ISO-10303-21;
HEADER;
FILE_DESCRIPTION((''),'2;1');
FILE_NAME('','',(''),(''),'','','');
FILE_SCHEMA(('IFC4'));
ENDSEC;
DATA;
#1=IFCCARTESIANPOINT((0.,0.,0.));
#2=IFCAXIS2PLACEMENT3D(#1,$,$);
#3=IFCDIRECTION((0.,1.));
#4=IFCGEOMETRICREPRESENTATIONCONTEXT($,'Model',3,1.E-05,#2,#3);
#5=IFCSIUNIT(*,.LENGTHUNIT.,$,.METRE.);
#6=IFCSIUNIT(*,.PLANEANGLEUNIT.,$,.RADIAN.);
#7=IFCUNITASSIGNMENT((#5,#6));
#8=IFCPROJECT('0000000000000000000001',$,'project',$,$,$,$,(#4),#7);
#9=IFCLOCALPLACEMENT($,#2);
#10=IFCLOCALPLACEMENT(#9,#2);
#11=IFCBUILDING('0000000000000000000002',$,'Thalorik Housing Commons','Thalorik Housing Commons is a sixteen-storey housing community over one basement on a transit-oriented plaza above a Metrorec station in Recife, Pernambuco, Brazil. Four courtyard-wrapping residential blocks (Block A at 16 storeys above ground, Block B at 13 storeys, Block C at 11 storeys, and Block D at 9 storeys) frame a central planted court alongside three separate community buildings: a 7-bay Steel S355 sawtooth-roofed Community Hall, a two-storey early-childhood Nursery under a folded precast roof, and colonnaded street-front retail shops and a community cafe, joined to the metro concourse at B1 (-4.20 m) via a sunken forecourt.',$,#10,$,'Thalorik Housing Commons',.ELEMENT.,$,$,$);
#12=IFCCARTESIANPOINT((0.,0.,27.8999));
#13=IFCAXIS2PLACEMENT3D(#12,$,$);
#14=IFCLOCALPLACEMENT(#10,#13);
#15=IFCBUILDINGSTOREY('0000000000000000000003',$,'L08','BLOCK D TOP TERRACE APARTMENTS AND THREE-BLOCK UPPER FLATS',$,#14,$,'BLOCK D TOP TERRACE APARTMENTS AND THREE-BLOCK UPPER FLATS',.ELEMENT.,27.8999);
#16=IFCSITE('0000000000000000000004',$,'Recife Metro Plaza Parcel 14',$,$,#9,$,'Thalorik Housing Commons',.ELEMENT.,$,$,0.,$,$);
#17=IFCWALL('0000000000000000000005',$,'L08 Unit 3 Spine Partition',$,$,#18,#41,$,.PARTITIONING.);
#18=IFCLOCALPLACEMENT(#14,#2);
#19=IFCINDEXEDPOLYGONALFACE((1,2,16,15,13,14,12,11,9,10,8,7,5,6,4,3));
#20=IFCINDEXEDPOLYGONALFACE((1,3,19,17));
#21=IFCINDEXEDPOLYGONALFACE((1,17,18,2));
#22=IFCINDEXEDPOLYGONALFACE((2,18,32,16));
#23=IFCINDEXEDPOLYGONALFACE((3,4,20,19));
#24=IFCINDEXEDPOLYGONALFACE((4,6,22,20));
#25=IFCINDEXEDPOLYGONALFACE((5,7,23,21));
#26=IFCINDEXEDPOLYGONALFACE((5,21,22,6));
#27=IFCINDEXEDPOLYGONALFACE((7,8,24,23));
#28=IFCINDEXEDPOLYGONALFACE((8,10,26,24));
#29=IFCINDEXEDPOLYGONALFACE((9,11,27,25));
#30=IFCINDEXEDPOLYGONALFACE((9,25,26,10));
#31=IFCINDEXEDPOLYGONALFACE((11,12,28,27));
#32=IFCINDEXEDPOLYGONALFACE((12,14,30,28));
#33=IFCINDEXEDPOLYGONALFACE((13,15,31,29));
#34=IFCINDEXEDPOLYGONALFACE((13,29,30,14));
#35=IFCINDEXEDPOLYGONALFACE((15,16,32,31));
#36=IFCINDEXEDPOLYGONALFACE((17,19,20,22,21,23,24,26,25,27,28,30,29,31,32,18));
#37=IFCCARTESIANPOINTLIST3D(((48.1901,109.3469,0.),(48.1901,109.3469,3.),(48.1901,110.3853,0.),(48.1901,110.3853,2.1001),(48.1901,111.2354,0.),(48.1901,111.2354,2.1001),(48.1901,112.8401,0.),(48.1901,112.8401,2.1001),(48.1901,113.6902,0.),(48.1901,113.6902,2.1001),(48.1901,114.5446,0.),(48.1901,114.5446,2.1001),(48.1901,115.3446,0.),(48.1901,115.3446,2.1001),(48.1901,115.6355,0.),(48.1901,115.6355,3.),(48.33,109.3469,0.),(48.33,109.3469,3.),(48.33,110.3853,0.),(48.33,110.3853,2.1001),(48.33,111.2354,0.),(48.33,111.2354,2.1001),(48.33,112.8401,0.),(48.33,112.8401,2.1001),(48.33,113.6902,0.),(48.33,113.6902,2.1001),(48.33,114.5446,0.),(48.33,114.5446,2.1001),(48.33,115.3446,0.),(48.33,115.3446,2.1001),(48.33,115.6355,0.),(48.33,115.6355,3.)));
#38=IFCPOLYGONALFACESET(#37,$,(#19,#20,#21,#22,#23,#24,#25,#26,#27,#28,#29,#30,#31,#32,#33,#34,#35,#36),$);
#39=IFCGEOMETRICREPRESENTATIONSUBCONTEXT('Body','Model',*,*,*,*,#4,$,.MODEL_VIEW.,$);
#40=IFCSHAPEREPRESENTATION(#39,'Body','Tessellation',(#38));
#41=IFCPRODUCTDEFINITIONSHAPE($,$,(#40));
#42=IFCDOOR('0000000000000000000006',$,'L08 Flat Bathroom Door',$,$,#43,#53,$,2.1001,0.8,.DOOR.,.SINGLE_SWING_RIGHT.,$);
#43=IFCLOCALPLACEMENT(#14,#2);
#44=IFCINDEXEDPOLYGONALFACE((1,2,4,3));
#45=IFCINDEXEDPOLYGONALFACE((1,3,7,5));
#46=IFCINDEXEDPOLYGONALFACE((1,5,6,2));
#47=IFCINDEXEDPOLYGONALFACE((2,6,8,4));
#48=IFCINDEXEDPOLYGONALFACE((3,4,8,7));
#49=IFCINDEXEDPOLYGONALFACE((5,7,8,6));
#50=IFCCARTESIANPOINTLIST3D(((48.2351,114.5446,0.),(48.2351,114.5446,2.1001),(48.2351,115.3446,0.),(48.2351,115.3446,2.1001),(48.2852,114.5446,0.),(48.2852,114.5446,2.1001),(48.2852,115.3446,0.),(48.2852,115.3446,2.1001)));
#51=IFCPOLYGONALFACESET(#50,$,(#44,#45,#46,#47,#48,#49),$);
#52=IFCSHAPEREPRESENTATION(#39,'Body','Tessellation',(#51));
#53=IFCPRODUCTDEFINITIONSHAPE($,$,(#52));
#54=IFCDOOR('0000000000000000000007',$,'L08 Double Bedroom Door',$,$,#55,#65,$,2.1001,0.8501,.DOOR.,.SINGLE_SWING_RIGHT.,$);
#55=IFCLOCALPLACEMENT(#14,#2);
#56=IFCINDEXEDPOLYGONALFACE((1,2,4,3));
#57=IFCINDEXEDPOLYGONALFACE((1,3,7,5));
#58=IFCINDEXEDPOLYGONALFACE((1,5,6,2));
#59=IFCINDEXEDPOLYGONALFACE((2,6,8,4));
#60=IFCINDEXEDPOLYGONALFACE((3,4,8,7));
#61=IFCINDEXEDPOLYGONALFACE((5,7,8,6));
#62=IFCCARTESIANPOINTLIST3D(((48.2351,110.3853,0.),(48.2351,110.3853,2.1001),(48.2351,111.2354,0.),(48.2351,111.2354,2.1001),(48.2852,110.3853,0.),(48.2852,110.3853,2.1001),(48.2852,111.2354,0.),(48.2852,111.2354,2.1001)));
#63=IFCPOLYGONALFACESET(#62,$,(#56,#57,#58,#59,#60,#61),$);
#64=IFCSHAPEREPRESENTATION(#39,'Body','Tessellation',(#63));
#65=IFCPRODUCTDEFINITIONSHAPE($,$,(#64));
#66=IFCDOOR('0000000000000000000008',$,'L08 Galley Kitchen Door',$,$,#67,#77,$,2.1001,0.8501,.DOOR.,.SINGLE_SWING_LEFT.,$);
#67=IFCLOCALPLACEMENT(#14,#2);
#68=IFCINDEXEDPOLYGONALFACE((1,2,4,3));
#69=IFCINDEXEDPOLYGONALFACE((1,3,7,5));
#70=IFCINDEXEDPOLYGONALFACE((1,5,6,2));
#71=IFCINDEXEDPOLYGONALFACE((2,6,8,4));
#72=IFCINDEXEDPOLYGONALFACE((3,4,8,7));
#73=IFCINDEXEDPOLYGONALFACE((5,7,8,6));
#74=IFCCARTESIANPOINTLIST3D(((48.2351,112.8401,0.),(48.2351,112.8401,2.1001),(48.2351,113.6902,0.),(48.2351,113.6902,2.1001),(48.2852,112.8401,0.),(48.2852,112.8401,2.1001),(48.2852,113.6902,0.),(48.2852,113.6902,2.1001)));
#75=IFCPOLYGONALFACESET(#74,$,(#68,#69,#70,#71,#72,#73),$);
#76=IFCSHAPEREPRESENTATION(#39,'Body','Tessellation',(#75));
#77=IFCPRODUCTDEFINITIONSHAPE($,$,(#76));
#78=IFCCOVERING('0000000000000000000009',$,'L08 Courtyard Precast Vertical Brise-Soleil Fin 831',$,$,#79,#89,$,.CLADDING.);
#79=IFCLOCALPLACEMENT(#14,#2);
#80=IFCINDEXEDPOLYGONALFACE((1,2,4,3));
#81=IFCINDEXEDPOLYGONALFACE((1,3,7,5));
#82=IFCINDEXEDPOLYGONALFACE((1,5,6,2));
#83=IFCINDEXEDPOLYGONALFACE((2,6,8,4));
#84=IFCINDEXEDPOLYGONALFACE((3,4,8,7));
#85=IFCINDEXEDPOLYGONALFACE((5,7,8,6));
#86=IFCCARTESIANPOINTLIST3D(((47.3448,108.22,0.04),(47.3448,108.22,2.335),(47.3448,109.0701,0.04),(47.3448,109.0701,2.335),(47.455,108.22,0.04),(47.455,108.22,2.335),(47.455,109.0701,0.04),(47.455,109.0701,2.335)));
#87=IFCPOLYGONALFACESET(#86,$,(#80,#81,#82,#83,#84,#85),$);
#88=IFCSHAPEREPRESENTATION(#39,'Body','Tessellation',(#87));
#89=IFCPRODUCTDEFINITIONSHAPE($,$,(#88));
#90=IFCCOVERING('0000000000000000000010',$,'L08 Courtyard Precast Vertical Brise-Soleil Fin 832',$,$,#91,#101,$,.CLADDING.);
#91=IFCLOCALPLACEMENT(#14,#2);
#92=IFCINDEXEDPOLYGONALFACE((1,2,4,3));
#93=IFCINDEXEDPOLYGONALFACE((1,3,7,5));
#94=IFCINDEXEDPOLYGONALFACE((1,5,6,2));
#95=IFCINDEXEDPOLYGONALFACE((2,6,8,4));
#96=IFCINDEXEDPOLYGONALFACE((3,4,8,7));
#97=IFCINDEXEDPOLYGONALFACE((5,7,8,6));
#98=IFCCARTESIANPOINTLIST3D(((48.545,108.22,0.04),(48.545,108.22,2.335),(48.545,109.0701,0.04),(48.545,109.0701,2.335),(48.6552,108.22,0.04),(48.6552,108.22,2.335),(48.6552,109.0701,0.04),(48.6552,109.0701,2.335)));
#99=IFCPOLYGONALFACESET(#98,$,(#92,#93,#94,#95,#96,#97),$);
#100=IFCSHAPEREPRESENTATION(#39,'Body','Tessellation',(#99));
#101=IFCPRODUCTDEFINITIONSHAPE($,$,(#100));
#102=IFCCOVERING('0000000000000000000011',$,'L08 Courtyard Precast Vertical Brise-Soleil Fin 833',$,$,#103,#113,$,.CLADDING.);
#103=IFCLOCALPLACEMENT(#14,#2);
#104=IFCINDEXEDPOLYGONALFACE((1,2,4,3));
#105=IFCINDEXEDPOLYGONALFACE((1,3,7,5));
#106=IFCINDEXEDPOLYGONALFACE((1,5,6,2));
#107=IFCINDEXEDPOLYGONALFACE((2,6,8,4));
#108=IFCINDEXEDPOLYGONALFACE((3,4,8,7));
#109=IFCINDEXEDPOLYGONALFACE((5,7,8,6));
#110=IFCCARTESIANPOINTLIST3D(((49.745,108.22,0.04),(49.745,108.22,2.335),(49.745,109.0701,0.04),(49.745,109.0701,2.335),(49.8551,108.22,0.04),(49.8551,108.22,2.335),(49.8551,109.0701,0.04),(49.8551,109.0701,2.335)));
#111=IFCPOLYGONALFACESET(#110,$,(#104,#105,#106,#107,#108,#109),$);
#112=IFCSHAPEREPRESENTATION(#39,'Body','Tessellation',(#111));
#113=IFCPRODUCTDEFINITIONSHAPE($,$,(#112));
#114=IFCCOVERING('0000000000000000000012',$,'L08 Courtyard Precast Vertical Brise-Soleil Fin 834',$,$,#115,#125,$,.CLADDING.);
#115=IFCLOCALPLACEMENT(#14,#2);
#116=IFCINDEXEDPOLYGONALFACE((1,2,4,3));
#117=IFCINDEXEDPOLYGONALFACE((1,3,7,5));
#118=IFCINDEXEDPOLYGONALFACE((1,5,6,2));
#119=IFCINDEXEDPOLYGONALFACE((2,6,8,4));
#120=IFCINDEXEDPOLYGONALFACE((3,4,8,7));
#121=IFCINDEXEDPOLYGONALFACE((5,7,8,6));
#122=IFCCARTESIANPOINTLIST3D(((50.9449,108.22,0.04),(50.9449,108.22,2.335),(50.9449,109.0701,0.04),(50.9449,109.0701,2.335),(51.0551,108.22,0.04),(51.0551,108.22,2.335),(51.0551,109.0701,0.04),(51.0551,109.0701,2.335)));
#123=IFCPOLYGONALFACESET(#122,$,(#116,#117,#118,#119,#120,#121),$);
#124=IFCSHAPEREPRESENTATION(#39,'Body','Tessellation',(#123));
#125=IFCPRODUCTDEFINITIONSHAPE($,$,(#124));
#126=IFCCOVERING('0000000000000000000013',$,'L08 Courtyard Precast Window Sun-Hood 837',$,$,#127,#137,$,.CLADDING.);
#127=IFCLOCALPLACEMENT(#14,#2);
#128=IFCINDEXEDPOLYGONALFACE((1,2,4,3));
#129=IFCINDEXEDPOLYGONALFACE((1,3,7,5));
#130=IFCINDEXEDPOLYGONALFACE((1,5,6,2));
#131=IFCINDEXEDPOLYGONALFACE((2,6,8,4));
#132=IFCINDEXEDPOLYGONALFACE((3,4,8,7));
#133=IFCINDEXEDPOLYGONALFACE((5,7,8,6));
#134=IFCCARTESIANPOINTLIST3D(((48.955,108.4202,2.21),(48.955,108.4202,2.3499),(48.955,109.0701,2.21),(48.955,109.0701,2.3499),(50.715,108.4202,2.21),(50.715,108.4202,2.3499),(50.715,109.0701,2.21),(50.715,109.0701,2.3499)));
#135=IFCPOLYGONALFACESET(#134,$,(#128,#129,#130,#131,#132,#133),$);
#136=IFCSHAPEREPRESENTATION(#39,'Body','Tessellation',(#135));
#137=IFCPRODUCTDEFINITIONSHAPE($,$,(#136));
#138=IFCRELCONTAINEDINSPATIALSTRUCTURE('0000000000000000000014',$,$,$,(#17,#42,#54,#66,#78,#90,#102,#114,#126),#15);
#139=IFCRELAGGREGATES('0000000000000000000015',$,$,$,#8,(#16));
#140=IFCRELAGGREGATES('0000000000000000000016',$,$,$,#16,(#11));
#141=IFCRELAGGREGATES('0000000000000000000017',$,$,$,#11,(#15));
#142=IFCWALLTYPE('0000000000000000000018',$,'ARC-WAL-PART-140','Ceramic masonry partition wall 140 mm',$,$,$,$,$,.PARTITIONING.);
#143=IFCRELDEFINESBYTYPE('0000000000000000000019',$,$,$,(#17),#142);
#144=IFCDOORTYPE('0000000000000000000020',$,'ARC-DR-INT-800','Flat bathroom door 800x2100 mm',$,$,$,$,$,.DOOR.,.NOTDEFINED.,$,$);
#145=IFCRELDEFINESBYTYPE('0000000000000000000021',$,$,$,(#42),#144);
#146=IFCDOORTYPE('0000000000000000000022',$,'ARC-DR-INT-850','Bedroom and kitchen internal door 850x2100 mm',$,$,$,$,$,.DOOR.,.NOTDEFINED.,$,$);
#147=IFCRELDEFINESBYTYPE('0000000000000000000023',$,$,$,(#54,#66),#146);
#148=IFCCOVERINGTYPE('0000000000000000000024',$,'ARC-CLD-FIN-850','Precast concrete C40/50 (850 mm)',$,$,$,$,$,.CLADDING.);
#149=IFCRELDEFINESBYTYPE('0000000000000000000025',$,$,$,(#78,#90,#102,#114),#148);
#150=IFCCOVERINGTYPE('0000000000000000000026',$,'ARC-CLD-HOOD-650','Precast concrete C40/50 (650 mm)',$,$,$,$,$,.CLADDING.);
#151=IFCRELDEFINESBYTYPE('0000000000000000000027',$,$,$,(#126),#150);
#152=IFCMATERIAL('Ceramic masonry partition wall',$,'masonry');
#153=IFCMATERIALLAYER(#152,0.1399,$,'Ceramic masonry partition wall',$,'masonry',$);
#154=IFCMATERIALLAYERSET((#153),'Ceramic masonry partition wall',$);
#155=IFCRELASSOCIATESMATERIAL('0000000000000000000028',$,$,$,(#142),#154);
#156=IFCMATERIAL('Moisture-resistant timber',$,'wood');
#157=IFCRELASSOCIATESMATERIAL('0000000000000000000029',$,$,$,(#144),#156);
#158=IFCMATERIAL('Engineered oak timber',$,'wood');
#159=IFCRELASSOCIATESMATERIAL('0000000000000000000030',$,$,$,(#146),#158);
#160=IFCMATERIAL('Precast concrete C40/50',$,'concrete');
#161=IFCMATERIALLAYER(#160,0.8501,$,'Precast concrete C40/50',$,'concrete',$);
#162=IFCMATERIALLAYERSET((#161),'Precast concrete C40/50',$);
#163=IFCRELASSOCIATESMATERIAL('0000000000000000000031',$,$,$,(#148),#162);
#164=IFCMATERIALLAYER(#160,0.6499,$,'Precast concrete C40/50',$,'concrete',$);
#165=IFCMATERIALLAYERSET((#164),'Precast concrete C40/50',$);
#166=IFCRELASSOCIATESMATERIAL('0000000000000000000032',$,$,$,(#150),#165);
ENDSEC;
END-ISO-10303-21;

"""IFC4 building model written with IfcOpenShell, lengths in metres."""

from ifc_helpers import new_model, si_unit, direction, frame, frame_2d, origin, origin_2d, place, context, subcontext, project, spatial, rectangle, extrude, material, layer, layer_set, type_object, element, fill, save


model = new_model("IFC4")

# Units and contexts
model_context = context("Model", 3, precision=1e-05, world=origin(), true_north=direction((0.0, 1.0)))
body_context = subcontext(model_context, "Body", "Model", "MODEL_VIEW")
ifc_project = project(units=[si_unit("LENGTHUNIT", "METRE"), si_unit("PLANEANGLEUNIT", "RADIAN")], contexts=[model_context])

# Site, building, storey
site_placement = place(None, origin())
site = spatial("IfcSite", under=ifc_project, at=site_placement, Name="Recife Metro Plaza Parcel 14", LongName="Thalorik Housing Commons", CompositionType="ELEMENT", RefElevation=0.0)
building_placement = place(site_placement, origin())
building = spatial("IfcBuilding", under=site, at=building_placement, Name="Thalorik Housing Commons", Description="Thalorik Housing Commons is a sixteen-storey housing community over one basement on a transit-oriented plaza above a Metrorec station in Recife, Pernambuco, Brazil. Four courtyard-wrapping residential blocks (Block A at 16 storeys above ground, Block B at 13 storeys, Block C at 11 storeys, and Block D at 9 storeys) frame a central planted court alongside three separate community buildings: a 7-bay Steel S355 sawtooth-roofed Community Hall, a two-storey early-childhood Nursery under a folded precast roof, and colonnaded street-front retail shops and a community cafe, joined to the metro concourse at B1 (-4.20 m) via a sunken forecourt.", LongName="Thalorik Housing Commons", CompositionType="ELEMENT")
storey_placement = place(building_placement, frame((0.0, 0.0, 27.8999)))
storey = spatial("IfcBuildingStorey", under=building, at=storey_placement, Name="L08", Description="BLOCK D TOP TERRACE APARTMENTS AND THREE-BLOCK UPPER FLATS", LongName="BLOCK D TOP TERRACE APARTMENTS AND THREE-BLOCK UPPER FLATS", CompositionType="ELEMENT", Elevation=27.8999)

# Shared definitions
ifc_material_1 = material(Name="Precast concrete C40/50", Category="concrete")

# Wall, openings, doors
ifc_material_2 = material(Name="Ceramic masonry partition wall", Category="masonry")
ifc_layer_1 = layer(ifc_material_2, 0.1399, Name="Ceramic masonry partition wall", Category="masonry")
ifc_layer_set_1 = layer_set([ifc_layer_1], Name="Ceramic masonry partition wall")
wall_type_1 = type_object("IfcWallType", Name="ARC-WAL-PART-140", Description="Ceramic masonry partition wall 140 mm", PredefinedType="PARTITIONING", material=ifc_layer_set_1)
wall_1_placement = place(storey_placement, frame((48.26, 109.3469, 0.0), z_axis=(0.0, 0.0, 1.0), x_axis=(0.0, 1.0, 0.0)))
wall_1 = element("IfcWall", 1, at=wall_1_placement, inside=storey, type_object=wall_type_1, Name="L08 Unit 3 Spine Partition", PredefinedType="PARTITIONING", context=body_context, shape_type="SweptSolid", body=[
    extrude(rectangle(XDim=6.2886, YDim=0.1399, at=frame_2d((3.1443, 0.0))), origin(), (0.0, 0.0, 1.0), 3.0),
])
opening_1_placement = place(wall_1_placement, frame((1.0383, 0.0, 0.0)))
opening_1 = element("IfcOpeningElement", 2, at=opening_1_placement, cuts=wall_1, PredefinedType="OPENING", context=body_context, shape_type="SweptSolid", body=[
    extrude(rectangle(XDim=0.8501, YDim=2.1001, at=frame_2d((0.425, 1.05))), frame((0.0, 0.0801, 0.0), z_axis=(0.0, -1.0, 0.0), x_axis=(1.0, 0.0, 0.0)), (0.0, 0.0, 1.0), 0.1599),
])
opening_2_placement = place(wall_1_placement, frame((3.4932, 0.0, 0.0)))
opening_2 = element("IfcOpeningElement", 3, at=opening_2_placement, cuts=wall_1, PredefinedType="OPENING", context=body_context, shape_type="SweptSolid", body=[
    extrude(rectangle(XDim=0.8501, YDim=2.1001, at=frame_2d((0.425, 1.05))), frame((0.0, 0.0801, 0.0), z_axis=(0.0, -1.0, 0.0), x_axis=(1.0, 0.0, 0.0)), (0.0, 0.0, 1.0), 0.1599),
])
opening_3_placement = place(wall_1_placement, frame((5.1978, 0.0, 0.0)))
opening_3 = element("IfcOpeningElement", 4, at=opening_3_placement, cuts=wall_1, PredefinedType="OPENING", context=body_context, shape_type="SweptSolid", body=[
    extrude(rectangle(XDim=0.8, YDim=2.1001, at=frame_2d((0.3999, 1.05))), frame((0.0, 0.0801, 0.0), z_axis=(0.0, -1.0, 0.0), x_axis=(1.0, 0.0, 0.0)), (0.0, 0.0, 1.0), 0.1599),
])
ifc_material_3 = material(Name="Moisture-resistant timber", Category="wood")
door_type_1 = type_object("IfcDoorType", Name="ARC-DR-INT-800", Description="Flat bathroom door 800x2100 mm", OperationType="NOTDEFINED", PredefinedType="DOOR", material=ifc_material_3)
door_1_placement = place(opening_3_placement, origin())
door_1 = element("IfcDoor", 5, at=door_1_placement, inside=storey, type_object=door_type_1, Name="L08 Flat Bathroom Door", OperationType="SINGLE_SWING_RIGHT", OverallHeight=2.1001, OverallWidth=0.8, PredefinedType="DOOR", context=body_context, shape_type="SweptSolid", body=[
    extrude(rectangle(XDim=0.8, YDim=2.1001, at=frame_2d((0.3999, 1.05))), frame((0.0, 0.0249, 0.0), z_axis=(0.0, -1.0, 0.0), x_axis=(1.0, 0.0, 0.0)), (0.0, 0.0, 1.0), 0.05),
])
fill(opening_3, door_1)
ifc_material_4 = material(Name="Engineered oak timber", Category="wood")
door_type_2 = type_object("IfcDoorType", Name="ARC-DR-INT-850", Description="Bedroom and kitchen internal door 850x2100 mm", OperationType="NOTDEFINED", PredefinedType="DOOR", material=ifc_material_4)
door_2_placement = place(opening_1_placement, origin())
door_2 = element("IfcDoor", 6, at=door_2_placement, inside=storey, type_object=door_type_2, Name="L08 Double Bedroom Door", OperationType="SINGLE_SWING_RIGHT", OverallHeight=2.1001, OverallWidth=0.8501, PredefinedType="DOOR", context=body_context, shape_type="SweptSolid", body=[
    extrude(rectangle(XDim=0.8501, YDim=2.1001, at=frame_2d((0.425, 1.05))), frame((0.0, 0.0249, 0.0), z_axis=(0.0, -1.0, 0.0), x_axis=(1.0, 0.0, 0.0)), (0.0, 0.0, 1.0), 0.05),
])
fill(opening_1, door_2)
door_3_placement = place(opening_2_placement, origin())
door_3 = element("IfcDoor", 7, at=door_3_placement, inside=storey, type_object=door_type_2, Name="L08 Galley Kitchen Door", OperationType="SINGLE_SWING_LEFT", OverallHeight=2.1001, OverallWidth=0.8501, PredefinedType="DOOR", context=body_context, shape_type="SweptSolid", body=[
    extrude(rectangle(XDim=0.8501, YDim=2.1001, at=frame_2d((0.425, 1.05))), frame((0.0, 0.0249, 0.0), z_axis=(0.0, -1.0, 0.0), x_axis=(1.0, 0.0, 0.0)), (0.0, 0.0, 1.0), 0.05),
])
fill(opening_2, door_3)

# Coverings
ifc_layer_2 = layer(ifc_material_1, 0.8501, Name="Precast concrete C40/50", Category="concrete")
ifc_layer_set_2 = layer_set([ifc_layer_2], Name="Precast concrete C40/50")
covering_type_1 = type_object("IfcCoveringType", Name="ARC-CLD-FIN-850", Description="Precast concrete C40/50 (850 mm)", PredefinedType="CLADDING", material=ifc_layer_set_2)
for number, where, z_axis, x_axis, name in (
    (8, (47.3999, 108.645, 0.04), (0.0, 0.0, 1.0), (1.0, 0.0, 0.0), "L08 Courtyard Precast Vertical Brise-Soleil Fin 831"),
    (9, (48.6001, 108.645, 0.04), (0.0, 0.0, 1.0), (1.0, 0.0, 0.0), "L08 Courtyard Precast Vertical Brise-Soleil Fin 832"),
    (10, (49.8, 108.645, 0.04), (0.0, 0.0, 1.0), (1.0, 0.0, 0.0), "L08 Courtyard Precast Vertical Brise-Soleil Fin 833"),
    (11, (51.0, 108.645, 0.04), (0.0, 0.0, 1.0), (1.0, 0.0, 0.0), "L08 Courtyard Precast Vertical Brise-Soleil Fin 834"),
):
    element("IfcCovering", number, at=place(storey_placement, frame(where, z_axis=z_axis, x_axis=x_axis)), inside=storey, type_object=covering_type_1, Name=name, PredefinedType="CLADDING", context=body_context, shape_type="SweptSolid", body=[
        extrude(rectangle(XDim=0.1101, YDim=0.8501, at=origin_2d()), origin(), (0.0, 0.0, 1.0), 2.2949),
    ])
ifc_layer_3 = layer(ifc_material_1, 0.6499, Name="Precast concrete C40/50", Category="concrete")
ifc_layer_set_3 = layer_set([ifc_layer_3], Name="Precast concrete C40/50")
covering_type_2 = type_object("IfcCoveringType", Name="ARC-CLD-HOOD-650", Description="Precast concrete C40/50 (650 mm)", PredefinedType="CLADDING", material=ifc_layer_set_3)
covering_placement = place(storey_placement, frame((49.835, 108.7451, 2.21), z_axis=(0.0, 0.0, 1.0), x_axis=(1.0, 0.0, 0.0)))
element("IfcCovering", 12, at=covering_placement, inside=storey, type_object=covering_type_2, Name="L08 Courtyard Precast Window Sun-Hood 837", PredefinedType="CLADDING", context=body_context, shape_type="SweptSolid", body=[
    extrude(rectangle(XDim=1.76, YDim=0.6499, at=origin_2d()), origin(), (0.0, 0.0, 1.0), 0.1399),
])

save(model, "model.ifc")
